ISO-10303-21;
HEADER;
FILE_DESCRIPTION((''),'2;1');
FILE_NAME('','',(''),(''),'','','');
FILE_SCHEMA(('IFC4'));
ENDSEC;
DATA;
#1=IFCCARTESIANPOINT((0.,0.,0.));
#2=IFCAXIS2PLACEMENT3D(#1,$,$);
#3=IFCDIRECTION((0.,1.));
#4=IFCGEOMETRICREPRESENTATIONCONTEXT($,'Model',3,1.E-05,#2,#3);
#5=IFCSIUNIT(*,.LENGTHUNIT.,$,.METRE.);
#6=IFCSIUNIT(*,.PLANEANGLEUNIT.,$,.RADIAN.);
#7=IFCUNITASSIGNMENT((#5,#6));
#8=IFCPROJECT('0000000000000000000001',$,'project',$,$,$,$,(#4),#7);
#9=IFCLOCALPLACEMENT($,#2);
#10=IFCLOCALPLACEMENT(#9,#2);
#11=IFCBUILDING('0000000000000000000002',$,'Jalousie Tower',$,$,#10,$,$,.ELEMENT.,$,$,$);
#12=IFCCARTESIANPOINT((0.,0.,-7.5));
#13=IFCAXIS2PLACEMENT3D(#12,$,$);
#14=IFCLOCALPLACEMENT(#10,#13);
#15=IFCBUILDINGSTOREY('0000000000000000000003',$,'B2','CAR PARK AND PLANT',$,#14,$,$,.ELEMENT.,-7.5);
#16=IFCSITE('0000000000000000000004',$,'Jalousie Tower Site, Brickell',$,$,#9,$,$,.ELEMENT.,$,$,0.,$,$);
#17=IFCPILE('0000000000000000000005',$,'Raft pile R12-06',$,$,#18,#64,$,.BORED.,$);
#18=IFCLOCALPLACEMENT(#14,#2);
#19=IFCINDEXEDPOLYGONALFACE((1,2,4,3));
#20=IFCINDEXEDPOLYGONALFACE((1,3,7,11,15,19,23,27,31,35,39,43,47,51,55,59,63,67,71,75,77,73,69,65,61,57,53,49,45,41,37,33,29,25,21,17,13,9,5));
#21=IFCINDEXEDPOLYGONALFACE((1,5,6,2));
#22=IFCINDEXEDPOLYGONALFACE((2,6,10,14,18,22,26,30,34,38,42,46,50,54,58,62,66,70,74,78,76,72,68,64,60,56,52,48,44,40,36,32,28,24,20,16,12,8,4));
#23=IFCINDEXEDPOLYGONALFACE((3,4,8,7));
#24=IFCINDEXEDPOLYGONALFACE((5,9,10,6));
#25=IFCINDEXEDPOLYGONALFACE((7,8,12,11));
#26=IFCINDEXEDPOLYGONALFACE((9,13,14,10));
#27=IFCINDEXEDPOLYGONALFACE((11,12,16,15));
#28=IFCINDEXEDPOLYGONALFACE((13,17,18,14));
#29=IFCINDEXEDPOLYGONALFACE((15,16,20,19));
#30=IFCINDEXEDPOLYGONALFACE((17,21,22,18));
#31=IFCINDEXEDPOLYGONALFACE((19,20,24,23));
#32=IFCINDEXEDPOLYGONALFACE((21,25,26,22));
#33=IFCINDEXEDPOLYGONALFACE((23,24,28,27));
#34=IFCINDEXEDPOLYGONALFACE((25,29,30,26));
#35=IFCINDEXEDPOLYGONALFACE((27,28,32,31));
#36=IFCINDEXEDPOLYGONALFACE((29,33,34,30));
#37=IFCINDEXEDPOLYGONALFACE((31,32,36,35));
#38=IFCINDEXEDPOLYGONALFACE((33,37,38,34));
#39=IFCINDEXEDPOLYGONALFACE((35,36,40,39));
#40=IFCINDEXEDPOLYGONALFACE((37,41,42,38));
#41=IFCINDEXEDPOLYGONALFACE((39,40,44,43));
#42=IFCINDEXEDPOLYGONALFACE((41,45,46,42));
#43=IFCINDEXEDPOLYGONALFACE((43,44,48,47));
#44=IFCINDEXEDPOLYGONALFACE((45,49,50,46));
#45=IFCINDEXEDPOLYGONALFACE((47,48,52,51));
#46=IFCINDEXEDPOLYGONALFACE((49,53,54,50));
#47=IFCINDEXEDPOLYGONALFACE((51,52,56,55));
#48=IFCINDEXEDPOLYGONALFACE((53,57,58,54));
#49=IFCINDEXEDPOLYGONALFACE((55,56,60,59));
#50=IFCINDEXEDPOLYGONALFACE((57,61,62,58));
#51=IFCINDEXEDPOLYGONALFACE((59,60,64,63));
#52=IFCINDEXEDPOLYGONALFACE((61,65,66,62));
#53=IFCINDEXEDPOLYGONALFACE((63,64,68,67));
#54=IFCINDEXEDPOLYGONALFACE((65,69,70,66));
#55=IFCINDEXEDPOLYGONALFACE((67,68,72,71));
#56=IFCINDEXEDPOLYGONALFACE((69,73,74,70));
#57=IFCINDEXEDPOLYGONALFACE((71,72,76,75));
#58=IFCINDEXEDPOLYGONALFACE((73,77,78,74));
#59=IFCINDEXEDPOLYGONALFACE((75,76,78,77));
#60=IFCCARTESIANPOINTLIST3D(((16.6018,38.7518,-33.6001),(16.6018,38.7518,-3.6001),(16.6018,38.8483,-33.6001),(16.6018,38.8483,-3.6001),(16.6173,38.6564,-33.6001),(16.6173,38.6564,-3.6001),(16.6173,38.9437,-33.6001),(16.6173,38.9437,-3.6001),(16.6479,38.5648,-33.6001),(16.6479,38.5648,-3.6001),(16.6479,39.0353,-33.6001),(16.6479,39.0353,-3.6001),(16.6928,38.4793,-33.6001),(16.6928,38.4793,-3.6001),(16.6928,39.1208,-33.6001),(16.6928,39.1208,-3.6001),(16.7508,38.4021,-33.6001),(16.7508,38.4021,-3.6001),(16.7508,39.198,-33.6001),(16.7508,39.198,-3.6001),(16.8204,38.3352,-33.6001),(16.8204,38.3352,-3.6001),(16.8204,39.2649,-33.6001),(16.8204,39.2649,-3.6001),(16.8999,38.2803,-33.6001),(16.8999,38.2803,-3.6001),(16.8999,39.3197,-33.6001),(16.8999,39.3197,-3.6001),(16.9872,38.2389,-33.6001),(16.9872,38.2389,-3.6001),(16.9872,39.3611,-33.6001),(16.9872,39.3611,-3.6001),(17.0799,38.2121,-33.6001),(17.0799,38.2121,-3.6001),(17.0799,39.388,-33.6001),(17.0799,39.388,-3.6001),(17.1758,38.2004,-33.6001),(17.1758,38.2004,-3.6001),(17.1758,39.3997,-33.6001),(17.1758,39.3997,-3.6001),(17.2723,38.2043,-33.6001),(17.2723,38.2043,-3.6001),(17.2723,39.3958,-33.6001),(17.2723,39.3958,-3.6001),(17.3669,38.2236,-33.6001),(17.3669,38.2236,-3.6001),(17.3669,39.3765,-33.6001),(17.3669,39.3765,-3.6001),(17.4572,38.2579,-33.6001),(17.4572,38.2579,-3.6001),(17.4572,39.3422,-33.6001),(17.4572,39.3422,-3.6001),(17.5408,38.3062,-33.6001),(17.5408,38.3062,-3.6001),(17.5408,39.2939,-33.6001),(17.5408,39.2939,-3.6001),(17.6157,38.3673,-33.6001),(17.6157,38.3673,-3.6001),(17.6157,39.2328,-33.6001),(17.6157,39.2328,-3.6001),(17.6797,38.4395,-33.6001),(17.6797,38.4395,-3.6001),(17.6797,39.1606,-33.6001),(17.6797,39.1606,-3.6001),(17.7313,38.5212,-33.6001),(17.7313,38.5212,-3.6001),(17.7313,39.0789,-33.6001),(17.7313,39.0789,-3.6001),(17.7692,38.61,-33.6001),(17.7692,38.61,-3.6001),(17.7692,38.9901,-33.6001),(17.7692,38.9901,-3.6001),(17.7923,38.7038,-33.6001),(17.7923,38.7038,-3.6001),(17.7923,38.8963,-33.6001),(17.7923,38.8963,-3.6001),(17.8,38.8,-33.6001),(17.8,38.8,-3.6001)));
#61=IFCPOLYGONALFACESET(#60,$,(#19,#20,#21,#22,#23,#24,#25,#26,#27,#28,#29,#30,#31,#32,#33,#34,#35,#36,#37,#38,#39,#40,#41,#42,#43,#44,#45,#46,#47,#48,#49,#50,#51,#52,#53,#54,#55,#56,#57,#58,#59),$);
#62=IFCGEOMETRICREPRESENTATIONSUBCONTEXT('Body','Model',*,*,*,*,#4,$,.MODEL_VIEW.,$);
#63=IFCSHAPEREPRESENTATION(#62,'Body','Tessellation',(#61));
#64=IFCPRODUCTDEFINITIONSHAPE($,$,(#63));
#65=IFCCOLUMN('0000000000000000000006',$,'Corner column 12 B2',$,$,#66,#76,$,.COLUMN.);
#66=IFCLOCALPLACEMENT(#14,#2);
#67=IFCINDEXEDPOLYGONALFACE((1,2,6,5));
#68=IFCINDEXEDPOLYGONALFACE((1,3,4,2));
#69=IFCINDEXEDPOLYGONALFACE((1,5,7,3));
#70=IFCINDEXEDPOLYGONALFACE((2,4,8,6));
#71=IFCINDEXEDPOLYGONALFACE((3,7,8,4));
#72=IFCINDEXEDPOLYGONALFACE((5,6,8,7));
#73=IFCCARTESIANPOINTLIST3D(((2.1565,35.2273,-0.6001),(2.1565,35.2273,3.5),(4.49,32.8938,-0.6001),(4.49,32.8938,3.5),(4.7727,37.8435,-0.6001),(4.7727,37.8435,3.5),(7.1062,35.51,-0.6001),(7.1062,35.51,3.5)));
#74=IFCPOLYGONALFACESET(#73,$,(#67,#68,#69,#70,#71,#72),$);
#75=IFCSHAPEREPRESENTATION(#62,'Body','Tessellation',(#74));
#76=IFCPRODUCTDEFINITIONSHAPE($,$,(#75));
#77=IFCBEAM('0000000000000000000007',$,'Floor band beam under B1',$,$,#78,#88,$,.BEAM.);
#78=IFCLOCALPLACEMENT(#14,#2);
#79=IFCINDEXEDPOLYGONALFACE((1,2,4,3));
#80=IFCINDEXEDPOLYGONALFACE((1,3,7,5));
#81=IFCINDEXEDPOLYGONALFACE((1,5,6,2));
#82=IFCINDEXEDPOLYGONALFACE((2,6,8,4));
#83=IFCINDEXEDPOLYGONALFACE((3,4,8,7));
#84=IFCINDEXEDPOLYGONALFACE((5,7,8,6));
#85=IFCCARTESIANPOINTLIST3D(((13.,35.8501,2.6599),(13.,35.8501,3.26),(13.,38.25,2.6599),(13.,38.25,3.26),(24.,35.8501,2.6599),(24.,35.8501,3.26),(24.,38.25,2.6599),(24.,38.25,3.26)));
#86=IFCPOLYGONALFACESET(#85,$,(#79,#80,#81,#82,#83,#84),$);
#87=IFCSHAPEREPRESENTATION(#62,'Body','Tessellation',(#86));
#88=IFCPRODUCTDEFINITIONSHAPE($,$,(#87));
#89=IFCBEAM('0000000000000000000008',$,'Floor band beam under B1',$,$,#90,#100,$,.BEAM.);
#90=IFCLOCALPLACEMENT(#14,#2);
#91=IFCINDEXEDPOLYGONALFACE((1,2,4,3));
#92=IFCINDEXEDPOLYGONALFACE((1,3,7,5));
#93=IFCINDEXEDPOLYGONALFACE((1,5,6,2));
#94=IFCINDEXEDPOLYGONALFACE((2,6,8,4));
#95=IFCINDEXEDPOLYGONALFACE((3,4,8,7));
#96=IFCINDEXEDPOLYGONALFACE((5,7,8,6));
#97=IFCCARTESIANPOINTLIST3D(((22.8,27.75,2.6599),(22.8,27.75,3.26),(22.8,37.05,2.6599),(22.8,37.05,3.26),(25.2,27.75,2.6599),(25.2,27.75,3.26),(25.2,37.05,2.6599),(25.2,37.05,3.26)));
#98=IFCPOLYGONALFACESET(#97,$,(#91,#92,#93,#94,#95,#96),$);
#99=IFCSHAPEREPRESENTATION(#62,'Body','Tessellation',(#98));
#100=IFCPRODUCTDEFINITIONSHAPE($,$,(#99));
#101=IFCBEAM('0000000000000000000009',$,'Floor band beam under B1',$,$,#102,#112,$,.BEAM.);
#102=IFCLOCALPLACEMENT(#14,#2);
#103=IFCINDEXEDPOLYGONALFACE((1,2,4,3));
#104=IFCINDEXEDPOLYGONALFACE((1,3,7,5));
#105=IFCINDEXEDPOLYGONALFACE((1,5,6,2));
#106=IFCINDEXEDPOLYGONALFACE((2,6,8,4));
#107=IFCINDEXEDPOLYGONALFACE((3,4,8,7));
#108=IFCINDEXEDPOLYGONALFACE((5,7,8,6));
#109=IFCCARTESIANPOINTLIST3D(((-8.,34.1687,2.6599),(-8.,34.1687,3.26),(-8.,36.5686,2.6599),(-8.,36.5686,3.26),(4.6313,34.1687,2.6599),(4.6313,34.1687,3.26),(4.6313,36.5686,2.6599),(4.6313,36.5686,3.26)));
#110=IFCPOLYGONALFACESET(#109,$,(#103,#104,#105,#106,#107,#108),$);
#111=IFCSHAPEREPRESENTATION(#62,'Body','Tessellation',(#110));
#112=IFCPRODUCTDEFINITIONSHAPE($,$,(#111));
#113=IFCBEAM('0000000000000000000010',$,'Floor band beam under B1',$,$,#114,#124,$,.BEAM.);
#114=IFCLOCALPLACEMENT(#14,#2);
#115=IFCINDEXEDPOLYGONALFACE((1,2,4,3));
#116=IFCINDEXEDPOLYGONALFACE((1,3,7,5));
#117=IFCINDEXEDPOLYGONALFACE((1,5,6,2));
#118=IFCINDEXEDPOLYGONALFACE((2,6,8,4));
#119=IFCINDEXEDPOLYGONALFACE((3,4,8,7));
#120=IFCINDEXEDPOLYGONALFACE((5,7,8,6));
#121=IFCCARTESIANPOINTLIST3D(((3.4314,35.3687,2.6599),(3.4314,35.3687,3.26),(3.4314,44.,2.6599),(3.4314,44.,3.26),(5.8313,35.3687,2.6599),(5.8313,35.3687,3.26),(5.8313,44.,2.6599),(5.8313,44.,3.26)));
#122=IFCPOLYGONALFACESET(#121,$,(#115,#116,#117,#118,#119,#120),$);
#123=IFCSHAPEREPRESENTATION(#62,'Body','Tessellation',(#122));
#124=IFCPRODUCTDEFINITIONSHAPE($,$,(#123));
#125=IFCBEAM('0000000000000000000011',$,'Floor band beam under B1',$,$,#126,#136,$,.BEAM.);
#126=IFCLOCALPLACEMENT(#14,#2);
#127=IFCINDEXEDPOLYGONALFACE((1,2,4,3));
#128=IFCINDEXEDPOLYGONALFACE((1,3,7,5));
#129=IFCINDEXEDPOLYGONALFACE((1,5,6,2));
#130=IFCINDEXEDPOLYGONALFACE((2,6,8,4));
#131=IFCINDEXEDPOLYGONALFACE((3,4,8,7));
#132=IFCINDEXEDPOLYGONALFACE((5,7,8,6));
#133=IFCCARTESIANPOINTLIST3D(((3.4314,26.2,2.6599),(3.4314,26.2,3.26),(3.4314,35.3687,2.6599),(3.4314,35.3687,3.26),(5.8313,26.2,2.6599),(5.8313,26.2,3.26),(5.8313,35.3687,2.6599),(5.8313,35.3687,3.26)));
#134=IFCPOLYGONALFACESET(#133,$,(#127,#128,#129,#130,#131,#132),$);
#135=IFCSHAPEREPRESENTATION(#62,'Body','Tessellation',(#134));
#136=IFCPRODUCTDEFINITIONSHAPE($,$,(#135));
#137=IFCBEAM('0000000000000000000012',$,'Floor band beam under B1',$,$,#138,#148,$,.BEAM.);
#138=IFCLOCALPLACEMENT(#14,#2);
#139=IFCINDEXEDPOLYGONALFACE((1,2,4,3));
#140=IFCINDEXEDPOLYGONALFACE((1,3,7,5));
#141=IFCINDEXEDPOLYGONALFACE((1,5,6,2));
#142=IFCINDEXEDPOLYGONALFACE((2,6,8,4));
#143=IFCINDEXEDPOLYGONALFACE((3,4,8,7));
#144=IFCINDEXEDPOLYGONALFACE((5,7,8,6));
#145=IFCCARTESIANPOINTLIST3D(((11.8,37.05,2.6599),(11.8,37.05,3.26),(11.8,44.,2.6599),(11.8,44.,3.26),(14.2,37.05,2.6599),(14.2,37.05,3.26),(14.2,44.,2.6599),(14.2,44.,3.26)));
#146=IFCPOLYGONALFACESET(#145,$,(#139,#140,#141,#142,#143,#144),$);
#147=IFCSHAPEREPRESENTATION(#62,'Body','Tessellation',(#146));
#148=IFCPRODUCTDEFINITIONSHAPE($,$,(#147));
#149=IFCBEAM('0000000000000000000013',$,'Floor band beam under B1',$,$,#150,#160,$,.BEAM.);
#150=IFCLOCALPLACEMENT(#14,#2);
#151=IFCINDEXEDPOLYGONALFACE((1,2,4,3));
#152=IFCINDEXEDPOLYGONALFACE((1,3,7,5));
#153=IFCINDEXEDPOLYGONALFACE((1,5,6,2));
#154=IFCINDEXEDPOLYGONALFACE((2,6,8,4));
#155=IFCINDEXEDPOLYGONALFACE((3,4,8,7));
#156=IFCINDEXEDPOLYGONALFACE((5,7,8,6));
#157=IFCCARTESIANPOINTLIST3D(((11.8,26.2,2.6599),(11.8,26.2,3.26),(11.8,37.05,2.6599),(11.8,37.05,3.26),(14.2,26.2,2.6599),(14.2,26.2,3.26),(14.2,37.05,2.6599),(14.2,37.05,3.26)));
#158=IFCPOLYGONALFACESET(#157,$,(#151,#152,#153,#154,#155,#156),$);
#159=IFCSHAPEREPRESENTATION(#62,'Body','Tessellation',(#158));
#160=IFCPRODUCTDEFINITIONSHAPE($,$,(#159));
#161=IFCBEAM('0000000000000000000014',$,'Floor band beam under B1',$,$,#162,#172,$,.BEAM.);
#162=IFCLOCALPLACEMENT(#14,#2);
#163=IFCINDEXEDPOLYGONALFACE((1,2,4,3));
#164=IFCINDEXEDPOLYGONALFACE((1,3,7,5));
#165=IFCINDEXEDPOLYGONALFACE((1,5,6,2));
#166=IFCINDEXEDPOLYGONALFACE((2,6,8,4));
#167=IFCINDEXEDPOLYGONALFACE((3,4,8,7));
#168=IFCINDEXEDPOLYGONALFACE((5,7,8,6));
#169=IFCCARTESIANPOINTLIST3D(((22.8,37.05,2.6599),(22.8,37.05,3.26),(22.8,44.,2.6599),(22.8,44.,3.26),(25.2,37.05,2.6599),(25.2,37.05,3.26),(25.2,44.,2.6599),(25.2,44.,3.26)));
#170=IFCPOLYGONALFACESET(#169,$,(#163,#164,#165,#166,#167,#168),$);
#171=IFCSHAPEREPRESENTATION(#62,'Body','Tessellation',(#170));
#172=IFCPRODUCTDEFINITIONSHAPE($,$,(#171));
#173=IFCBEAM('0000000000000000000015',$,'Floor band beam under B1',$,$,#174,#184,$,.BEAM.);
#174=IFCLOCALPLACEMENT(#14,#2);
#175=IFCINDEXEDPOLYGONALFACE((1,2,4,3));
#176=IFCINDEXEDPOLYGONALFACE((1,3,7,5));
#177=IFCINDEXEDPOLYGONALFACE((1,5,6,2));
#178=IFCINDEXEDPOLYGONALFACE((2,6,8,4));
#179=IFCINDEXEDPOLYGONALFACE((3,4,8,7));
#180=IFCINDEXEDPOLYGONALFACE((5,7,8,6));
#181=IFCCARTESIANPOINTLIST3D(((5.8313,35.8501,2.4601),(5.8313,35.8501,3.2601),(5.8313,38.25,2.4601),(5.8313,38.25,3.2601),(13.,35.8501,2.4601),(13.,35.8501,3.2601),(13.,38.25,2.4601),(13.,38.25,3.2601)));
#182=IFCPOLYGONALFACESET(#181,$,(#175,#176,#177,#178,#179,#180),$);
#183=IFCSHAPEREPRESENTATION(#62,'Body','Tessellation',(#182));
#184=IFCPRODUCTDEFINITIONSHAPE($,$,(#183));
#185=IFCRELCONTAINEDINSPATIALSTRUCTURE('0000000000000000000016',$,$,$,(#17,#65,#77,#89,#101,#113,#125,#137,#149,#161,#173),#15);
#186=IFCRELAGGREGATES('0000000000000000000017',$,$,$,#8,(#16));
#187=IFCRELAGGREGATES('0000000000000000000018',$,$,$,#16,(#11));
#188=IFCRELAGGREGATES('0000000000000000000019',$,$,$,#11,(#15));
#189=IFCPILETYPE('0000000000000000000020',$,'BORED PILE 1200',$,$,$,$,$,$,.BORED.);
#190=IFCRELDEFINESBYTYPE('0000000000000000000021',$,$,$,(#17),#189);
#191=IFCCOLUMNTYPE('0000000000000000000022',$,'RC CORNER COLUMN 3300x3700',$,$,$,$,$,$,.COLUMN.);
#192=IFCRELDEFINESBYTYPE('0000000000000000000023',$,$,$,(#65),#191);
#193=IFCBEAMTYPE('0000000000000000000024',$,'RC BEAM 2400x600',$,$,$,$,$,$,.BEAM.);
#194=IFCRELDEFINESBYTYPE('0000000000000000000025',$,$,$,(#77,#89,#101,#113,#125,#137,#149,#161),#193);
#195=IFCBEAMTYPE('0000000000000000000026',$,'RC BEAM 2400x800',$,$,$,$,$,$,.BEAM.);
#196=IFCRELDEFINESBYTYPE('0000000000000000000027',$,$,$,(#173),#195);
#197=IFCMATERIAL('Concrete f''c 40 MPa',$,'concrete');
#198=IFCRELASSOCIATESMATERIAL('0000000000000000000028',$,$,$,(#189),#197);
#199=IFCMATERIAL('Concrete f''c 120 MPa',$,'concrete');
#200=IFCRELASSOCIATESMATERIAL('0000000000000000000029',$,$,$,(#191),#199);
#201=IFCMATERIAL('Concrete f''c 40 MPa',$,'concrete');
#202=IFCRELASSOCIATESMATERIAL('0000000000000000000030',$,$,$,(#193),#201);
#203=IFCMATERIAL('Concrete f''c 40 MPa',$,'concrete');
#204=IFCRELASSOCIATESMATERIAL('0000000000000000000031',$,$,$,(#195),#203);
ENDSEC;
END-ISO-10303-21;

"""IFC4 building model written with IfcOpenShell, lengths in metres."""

from ifc_helpers import new_model, si_unit, direction, frame, origin, origin_2d, place, context, subcontext, project, spatial, rectangle, circle, extrude, material, material_profile, profile_set, type_object, element, save


model = new_model("IFC4")

# Units and contexts
model_context = context("Model", 3, precision=1e-05, world=origin(), true_north=direction((0.0, 1.0)))
body_context = subcontext(model_context, "Body", "Model", "MODEL_VIEW")
ifc_project = project(units=[si_unit("LENGTHUNIT", "METRE"), si_unit("PLANEANGLEUNIT", "RADIAN")], contexts=[model_context])

# Site, building, storey
site_placement = place(None, origin())
site = spatial("IfcSite", under=ifc_project, at=site_placement, Name="Jalousie Tower Site, Brickell", CompositionType="ELEMENT", RefElevation=0.0)
building_placement = place(site_placement, origin())
building = spatial("IfcBuilding", under=site, at=building_placement, Name="Jalousie Tower", CompositionType="ELEMENT")
storey_placement = place(building_placement, frame((0.0, 0.0, -7.5)))
storey = spatial("IfcBuildingStorey", under=building, at=storey_placement, Name="B2", Description="CAR PARK AND PLANT", CompositionType="ELEMENT", Elevation=-7.5)

# Pile
ifc_material_1 = material(Name="Concrete f'c 40 MPa", Category="concrete")
ifc_material_profile_1 = material_profile(ifc_material_1, circle(Radius=0.6001, at=origin_2d()), Name="BORED PILE D1200")
ifc_profile_set_1 = profile_set([ifc_material_profile_1], Name="Concrete f'c 40 MPa")
pile_type = type_object("IfcPileType", Name="BORED PILE 1200", PredefinedType="BORED", material=ifc_profile_set_1)
for number, where, z_axis, x_axis, name in (
    (1, (17.2, 38.8, -3.6001), (0.0, 0.0, -1.0), (1.0, 0.0, 0.0), "Raft pile R12-06"),
):
    element("IfcPile", number, at=place(storey_placement, frame(where, z_axis=z_axis, x_axis=x_axis)), inside=storey, type_object=pile_type, Name=name, PredefinedType="BORED", context=body_context, shape_type="SweptSolid", body=[
        extrude(circle(Radius=0.6001, at=origin_2d()), origin(), (0.0, 0.0, 1.0), 30.0),
    ])

# Column
ifc_material_2 = material(Name="Concrete f'c 120 MPa", Category="concrete")
ifc_material_profile_2 = material_profile(ifc_material_2, rectangle(XDim=3.3, YDim=3.7, at=origin_2d()), Name="RC 3300x3700")
ifc_profile_set_2 = profile_set([ifc_material_profile_2], Name="Concrete f'c 120 MPa")
column_type = type_object("IfcColumnType", Name="RC CORNER COLUMN 3300x3700", PredefinedType="COLUMN", material=ifc_profile_set_2)
column_placement = place(storey_placement, frame((4.6313, 35.3687, -0.6001), z_axis=(0.0, 0.0, 1.0), x_axis=(0.707107, -0.707107, 0.0)))
element("IfcColumn", 2, at=column_placement, inside=storey, type_object=column_type, Name="Corner column 12 B2", PredefinedType="COLUMN", context=body_context, shape_type="SweptSolid", body=[
    extrude(rectangle(XDim=3.3, YDim=3.7, at=origin_2d()), origin(), (0.0, 0.0, 1.0), 4.1001),
])

# Beams
ifc_material_3 = material(Name="Concrete f'c 40 MPa", Category="concrete")
ifc_material_profile_3 = material_profile(ifc_material_3, rectangle(XDim=2.3999, YDim=0.6001, at=origin_2d()), Name="RC 2400x600")
ifc_profile_set_3 = profile_set([ifc_material_profile_3], Name="Concrete f'c 40 MPa")
beam_type_1 = type_object("IfcBeamType", Name="RC BEAM 2400x600", PredefinedType="BEAM", material=ifc_profile_set_3)
beam_1_placement = place(storey_placement, frame((24.0, 37.05, 2.96), z_axis=(-1.0, 0.0, 0.0), x_axis=(0.0, -1.0, 0.0)))
element("IfcBeam", 3, at=beam_1_placement, inside=storey, type_object=beam_type_1, Name="Floor band beam under B1", PredefinedType="BEAM", context=body_context, shape_type="SweptSolid", body=[
    extrude(rectangle(XDim=2.3999, YDim=0.6001, at=origin_2d()), origin(), (0.0, 0.0, 1.0), 11.0),
])
beam_2_placement = place(storey_placement, frame((24.0, 37.05, 2.96), z_axis=(0.0, -1.0, 0.0), x_axis=(1.0, 0.0, 0.0)))
element("IfcBeam", 4, at=beam_2_placement, inside=storey, type_object=beam_type_1, Name="Floor band beam under B1", PredefinedType="BEAM", context=body_context, shape_type="SweptSolid", body=[
    extrude(rectangle(XDim=2.3999, YDim=0.6001, at=origin_2d()), origin(), (0.0, 0.0, 1.0), 9.3),
])
beam_3_placement = place(storey_placement, frame((4.6313, 35.3687, 2.96), z_axis=(-1.0, 0.0, 0.0), x_axis=(0.0, -1.0, 0.0)))
element("IfcBeam", 5, at=beam_3_placement, inside=storey, type_object=beam_type_1, Name="Floor band beam under B1", PredefinedType="BEAM", context=body_context, shape_type="SweptSolid", body=[
    extrude(rectangle(XDim=2.3999, YDim=0.6001, at=origin_2d()), origin(), (0.0, 0.0, 1.0), 12.6313),
])
beam_4_placement = place(storey_placement, frame((4.6313, 35.3687, 2.96), z_axis=(0.0, 1.0, 0.0), x_axis=(-1.0, 0.0, 0.0)))
element("IfcBeam", 6, at=beam_4_placement, inside=storey, type_object=beam_type_1, Name="Floor band beam under B1", PredefinedType="BEAM", context=body_context, shape_type="SweptSolid", body=[
    extrude(rectangle(XDim=2.3999, YDim=0.6001, at=origin_2d()), origin(), (0.0, 0.0, 1.0), 8.6313),
])
beam_5_placement = place(storey_placement, frame((4.6313, 35.3687, 2.96), z_axis=(0.0, -1.0, 0.0), x_axis=(1.0, 0.0, 0.0)))
element("IfcBeam", 7, at=beam_5_placement, inside=storey, type_object=beam_type_1, Name="Floor band beam under B1", PredefinedType="BEAM", context=body_context, shape_type="SweptSolid", body=[
    extrude(rectangle(XDim=2.3999, YDim=0.6001, at=origin_2d()), origin(), (0.0, 0.0, 1.0), 9.1687),
])
beam_6_placement = place(storey_placement, frame((13.0, 37.05, 2.96), z_axis=(0.0, 1.0, 0.0), x_axis=(-1.0, 0.0, 0.0)))
element("IfcBeam", 8, at=beam_6_placement, inside=storey, type_object=beam_type_1, Name="Floor band beam under B1", PredefinedType="BEAM", context=body_context, shape_type="SweptSolid", body=[
    extrude(rectangle(XDim=2.3999, YDim=0.6001, at=origin_2d()), origin(), (0.0, 0.0, 1.0), 6.95),
])
beam_7_placement = place(storey_placement, frame((13.0, 37.05, 2.96), z_axis=(0.0, -1.0, 0.0), x_axis=(1.0, 0.0, 0.0)))
element("IfcBeam", 9, at=beam_7_placement, inside=storey, type_object=beam_type_1, Name="Floor band beam under B1", PredefinedType="BEAM", context=body_context, shape_type="SweptSolid", body=[
    extrude(rectangle(XDim=2.3999, YDim=0.6001, at=origin_2d()), origin(), (0.0, 0.0, 1.0), 10.8501),
])
beam_8_placement = place(storey_placement, frame((24.0, 37.05, 2.96), z_axis=(0.0, 1.0, 0.0), x_axis=(-1.0, 0.0, 0.0)))
element("IfcBeam", 10, at=beam_8_placement, inside=storey, type_object=beam_type_1, Name="Floor band beam under B1", PredefinedType="BEAM", context=body_context, shape_type="SweptSolid", body=[
    extrude(rectangle(XDim=2.3999, YDim=0.6001, at=origin_2d()), origin(), (0.0, 0.0, 1.0), 6.95),
])
ifc_material_4 = material(Name="Concrete f'c 40 MPa", Category="concrete")
ifc_material_profile_4 = material_profile(ifc_material_4, rectangle(XDim=2.3999, YDim=0.8, at=origin_2d()), Name="RC 2400x800")
ifc_profile_set_4 = profile_set([ifc_material_profile_4], Name="Concrete f'c 40 MPa")
beam_type_2 = type_object("IfcBeamType", Name="RC BEAM 2400x800", PredefinedType="BEAM", material=ifc_profile_set_4)
beam_9_placement = place(storey_placement, frame((13.0, 37.05, 2.8601), z_axis=(-1.0, 0.0, 0.0), x_axis=(0.0, -1.0, 0.0)))
element("IfcBeam", 11, at=beam_9_placement, inside=storey, type_object=beam_type_2, Name="Floor band beam under B1", PredefinedType="BEAM", context=body_context, shape_type="SweptSolid", body=[
    extrude(rectangle(XDim=2.3999, YDim=0.8, at=origin_2d()), origin(), (0.0, 0.0, 1.0), 7.1687),
])

save(model, "model.ifc")
